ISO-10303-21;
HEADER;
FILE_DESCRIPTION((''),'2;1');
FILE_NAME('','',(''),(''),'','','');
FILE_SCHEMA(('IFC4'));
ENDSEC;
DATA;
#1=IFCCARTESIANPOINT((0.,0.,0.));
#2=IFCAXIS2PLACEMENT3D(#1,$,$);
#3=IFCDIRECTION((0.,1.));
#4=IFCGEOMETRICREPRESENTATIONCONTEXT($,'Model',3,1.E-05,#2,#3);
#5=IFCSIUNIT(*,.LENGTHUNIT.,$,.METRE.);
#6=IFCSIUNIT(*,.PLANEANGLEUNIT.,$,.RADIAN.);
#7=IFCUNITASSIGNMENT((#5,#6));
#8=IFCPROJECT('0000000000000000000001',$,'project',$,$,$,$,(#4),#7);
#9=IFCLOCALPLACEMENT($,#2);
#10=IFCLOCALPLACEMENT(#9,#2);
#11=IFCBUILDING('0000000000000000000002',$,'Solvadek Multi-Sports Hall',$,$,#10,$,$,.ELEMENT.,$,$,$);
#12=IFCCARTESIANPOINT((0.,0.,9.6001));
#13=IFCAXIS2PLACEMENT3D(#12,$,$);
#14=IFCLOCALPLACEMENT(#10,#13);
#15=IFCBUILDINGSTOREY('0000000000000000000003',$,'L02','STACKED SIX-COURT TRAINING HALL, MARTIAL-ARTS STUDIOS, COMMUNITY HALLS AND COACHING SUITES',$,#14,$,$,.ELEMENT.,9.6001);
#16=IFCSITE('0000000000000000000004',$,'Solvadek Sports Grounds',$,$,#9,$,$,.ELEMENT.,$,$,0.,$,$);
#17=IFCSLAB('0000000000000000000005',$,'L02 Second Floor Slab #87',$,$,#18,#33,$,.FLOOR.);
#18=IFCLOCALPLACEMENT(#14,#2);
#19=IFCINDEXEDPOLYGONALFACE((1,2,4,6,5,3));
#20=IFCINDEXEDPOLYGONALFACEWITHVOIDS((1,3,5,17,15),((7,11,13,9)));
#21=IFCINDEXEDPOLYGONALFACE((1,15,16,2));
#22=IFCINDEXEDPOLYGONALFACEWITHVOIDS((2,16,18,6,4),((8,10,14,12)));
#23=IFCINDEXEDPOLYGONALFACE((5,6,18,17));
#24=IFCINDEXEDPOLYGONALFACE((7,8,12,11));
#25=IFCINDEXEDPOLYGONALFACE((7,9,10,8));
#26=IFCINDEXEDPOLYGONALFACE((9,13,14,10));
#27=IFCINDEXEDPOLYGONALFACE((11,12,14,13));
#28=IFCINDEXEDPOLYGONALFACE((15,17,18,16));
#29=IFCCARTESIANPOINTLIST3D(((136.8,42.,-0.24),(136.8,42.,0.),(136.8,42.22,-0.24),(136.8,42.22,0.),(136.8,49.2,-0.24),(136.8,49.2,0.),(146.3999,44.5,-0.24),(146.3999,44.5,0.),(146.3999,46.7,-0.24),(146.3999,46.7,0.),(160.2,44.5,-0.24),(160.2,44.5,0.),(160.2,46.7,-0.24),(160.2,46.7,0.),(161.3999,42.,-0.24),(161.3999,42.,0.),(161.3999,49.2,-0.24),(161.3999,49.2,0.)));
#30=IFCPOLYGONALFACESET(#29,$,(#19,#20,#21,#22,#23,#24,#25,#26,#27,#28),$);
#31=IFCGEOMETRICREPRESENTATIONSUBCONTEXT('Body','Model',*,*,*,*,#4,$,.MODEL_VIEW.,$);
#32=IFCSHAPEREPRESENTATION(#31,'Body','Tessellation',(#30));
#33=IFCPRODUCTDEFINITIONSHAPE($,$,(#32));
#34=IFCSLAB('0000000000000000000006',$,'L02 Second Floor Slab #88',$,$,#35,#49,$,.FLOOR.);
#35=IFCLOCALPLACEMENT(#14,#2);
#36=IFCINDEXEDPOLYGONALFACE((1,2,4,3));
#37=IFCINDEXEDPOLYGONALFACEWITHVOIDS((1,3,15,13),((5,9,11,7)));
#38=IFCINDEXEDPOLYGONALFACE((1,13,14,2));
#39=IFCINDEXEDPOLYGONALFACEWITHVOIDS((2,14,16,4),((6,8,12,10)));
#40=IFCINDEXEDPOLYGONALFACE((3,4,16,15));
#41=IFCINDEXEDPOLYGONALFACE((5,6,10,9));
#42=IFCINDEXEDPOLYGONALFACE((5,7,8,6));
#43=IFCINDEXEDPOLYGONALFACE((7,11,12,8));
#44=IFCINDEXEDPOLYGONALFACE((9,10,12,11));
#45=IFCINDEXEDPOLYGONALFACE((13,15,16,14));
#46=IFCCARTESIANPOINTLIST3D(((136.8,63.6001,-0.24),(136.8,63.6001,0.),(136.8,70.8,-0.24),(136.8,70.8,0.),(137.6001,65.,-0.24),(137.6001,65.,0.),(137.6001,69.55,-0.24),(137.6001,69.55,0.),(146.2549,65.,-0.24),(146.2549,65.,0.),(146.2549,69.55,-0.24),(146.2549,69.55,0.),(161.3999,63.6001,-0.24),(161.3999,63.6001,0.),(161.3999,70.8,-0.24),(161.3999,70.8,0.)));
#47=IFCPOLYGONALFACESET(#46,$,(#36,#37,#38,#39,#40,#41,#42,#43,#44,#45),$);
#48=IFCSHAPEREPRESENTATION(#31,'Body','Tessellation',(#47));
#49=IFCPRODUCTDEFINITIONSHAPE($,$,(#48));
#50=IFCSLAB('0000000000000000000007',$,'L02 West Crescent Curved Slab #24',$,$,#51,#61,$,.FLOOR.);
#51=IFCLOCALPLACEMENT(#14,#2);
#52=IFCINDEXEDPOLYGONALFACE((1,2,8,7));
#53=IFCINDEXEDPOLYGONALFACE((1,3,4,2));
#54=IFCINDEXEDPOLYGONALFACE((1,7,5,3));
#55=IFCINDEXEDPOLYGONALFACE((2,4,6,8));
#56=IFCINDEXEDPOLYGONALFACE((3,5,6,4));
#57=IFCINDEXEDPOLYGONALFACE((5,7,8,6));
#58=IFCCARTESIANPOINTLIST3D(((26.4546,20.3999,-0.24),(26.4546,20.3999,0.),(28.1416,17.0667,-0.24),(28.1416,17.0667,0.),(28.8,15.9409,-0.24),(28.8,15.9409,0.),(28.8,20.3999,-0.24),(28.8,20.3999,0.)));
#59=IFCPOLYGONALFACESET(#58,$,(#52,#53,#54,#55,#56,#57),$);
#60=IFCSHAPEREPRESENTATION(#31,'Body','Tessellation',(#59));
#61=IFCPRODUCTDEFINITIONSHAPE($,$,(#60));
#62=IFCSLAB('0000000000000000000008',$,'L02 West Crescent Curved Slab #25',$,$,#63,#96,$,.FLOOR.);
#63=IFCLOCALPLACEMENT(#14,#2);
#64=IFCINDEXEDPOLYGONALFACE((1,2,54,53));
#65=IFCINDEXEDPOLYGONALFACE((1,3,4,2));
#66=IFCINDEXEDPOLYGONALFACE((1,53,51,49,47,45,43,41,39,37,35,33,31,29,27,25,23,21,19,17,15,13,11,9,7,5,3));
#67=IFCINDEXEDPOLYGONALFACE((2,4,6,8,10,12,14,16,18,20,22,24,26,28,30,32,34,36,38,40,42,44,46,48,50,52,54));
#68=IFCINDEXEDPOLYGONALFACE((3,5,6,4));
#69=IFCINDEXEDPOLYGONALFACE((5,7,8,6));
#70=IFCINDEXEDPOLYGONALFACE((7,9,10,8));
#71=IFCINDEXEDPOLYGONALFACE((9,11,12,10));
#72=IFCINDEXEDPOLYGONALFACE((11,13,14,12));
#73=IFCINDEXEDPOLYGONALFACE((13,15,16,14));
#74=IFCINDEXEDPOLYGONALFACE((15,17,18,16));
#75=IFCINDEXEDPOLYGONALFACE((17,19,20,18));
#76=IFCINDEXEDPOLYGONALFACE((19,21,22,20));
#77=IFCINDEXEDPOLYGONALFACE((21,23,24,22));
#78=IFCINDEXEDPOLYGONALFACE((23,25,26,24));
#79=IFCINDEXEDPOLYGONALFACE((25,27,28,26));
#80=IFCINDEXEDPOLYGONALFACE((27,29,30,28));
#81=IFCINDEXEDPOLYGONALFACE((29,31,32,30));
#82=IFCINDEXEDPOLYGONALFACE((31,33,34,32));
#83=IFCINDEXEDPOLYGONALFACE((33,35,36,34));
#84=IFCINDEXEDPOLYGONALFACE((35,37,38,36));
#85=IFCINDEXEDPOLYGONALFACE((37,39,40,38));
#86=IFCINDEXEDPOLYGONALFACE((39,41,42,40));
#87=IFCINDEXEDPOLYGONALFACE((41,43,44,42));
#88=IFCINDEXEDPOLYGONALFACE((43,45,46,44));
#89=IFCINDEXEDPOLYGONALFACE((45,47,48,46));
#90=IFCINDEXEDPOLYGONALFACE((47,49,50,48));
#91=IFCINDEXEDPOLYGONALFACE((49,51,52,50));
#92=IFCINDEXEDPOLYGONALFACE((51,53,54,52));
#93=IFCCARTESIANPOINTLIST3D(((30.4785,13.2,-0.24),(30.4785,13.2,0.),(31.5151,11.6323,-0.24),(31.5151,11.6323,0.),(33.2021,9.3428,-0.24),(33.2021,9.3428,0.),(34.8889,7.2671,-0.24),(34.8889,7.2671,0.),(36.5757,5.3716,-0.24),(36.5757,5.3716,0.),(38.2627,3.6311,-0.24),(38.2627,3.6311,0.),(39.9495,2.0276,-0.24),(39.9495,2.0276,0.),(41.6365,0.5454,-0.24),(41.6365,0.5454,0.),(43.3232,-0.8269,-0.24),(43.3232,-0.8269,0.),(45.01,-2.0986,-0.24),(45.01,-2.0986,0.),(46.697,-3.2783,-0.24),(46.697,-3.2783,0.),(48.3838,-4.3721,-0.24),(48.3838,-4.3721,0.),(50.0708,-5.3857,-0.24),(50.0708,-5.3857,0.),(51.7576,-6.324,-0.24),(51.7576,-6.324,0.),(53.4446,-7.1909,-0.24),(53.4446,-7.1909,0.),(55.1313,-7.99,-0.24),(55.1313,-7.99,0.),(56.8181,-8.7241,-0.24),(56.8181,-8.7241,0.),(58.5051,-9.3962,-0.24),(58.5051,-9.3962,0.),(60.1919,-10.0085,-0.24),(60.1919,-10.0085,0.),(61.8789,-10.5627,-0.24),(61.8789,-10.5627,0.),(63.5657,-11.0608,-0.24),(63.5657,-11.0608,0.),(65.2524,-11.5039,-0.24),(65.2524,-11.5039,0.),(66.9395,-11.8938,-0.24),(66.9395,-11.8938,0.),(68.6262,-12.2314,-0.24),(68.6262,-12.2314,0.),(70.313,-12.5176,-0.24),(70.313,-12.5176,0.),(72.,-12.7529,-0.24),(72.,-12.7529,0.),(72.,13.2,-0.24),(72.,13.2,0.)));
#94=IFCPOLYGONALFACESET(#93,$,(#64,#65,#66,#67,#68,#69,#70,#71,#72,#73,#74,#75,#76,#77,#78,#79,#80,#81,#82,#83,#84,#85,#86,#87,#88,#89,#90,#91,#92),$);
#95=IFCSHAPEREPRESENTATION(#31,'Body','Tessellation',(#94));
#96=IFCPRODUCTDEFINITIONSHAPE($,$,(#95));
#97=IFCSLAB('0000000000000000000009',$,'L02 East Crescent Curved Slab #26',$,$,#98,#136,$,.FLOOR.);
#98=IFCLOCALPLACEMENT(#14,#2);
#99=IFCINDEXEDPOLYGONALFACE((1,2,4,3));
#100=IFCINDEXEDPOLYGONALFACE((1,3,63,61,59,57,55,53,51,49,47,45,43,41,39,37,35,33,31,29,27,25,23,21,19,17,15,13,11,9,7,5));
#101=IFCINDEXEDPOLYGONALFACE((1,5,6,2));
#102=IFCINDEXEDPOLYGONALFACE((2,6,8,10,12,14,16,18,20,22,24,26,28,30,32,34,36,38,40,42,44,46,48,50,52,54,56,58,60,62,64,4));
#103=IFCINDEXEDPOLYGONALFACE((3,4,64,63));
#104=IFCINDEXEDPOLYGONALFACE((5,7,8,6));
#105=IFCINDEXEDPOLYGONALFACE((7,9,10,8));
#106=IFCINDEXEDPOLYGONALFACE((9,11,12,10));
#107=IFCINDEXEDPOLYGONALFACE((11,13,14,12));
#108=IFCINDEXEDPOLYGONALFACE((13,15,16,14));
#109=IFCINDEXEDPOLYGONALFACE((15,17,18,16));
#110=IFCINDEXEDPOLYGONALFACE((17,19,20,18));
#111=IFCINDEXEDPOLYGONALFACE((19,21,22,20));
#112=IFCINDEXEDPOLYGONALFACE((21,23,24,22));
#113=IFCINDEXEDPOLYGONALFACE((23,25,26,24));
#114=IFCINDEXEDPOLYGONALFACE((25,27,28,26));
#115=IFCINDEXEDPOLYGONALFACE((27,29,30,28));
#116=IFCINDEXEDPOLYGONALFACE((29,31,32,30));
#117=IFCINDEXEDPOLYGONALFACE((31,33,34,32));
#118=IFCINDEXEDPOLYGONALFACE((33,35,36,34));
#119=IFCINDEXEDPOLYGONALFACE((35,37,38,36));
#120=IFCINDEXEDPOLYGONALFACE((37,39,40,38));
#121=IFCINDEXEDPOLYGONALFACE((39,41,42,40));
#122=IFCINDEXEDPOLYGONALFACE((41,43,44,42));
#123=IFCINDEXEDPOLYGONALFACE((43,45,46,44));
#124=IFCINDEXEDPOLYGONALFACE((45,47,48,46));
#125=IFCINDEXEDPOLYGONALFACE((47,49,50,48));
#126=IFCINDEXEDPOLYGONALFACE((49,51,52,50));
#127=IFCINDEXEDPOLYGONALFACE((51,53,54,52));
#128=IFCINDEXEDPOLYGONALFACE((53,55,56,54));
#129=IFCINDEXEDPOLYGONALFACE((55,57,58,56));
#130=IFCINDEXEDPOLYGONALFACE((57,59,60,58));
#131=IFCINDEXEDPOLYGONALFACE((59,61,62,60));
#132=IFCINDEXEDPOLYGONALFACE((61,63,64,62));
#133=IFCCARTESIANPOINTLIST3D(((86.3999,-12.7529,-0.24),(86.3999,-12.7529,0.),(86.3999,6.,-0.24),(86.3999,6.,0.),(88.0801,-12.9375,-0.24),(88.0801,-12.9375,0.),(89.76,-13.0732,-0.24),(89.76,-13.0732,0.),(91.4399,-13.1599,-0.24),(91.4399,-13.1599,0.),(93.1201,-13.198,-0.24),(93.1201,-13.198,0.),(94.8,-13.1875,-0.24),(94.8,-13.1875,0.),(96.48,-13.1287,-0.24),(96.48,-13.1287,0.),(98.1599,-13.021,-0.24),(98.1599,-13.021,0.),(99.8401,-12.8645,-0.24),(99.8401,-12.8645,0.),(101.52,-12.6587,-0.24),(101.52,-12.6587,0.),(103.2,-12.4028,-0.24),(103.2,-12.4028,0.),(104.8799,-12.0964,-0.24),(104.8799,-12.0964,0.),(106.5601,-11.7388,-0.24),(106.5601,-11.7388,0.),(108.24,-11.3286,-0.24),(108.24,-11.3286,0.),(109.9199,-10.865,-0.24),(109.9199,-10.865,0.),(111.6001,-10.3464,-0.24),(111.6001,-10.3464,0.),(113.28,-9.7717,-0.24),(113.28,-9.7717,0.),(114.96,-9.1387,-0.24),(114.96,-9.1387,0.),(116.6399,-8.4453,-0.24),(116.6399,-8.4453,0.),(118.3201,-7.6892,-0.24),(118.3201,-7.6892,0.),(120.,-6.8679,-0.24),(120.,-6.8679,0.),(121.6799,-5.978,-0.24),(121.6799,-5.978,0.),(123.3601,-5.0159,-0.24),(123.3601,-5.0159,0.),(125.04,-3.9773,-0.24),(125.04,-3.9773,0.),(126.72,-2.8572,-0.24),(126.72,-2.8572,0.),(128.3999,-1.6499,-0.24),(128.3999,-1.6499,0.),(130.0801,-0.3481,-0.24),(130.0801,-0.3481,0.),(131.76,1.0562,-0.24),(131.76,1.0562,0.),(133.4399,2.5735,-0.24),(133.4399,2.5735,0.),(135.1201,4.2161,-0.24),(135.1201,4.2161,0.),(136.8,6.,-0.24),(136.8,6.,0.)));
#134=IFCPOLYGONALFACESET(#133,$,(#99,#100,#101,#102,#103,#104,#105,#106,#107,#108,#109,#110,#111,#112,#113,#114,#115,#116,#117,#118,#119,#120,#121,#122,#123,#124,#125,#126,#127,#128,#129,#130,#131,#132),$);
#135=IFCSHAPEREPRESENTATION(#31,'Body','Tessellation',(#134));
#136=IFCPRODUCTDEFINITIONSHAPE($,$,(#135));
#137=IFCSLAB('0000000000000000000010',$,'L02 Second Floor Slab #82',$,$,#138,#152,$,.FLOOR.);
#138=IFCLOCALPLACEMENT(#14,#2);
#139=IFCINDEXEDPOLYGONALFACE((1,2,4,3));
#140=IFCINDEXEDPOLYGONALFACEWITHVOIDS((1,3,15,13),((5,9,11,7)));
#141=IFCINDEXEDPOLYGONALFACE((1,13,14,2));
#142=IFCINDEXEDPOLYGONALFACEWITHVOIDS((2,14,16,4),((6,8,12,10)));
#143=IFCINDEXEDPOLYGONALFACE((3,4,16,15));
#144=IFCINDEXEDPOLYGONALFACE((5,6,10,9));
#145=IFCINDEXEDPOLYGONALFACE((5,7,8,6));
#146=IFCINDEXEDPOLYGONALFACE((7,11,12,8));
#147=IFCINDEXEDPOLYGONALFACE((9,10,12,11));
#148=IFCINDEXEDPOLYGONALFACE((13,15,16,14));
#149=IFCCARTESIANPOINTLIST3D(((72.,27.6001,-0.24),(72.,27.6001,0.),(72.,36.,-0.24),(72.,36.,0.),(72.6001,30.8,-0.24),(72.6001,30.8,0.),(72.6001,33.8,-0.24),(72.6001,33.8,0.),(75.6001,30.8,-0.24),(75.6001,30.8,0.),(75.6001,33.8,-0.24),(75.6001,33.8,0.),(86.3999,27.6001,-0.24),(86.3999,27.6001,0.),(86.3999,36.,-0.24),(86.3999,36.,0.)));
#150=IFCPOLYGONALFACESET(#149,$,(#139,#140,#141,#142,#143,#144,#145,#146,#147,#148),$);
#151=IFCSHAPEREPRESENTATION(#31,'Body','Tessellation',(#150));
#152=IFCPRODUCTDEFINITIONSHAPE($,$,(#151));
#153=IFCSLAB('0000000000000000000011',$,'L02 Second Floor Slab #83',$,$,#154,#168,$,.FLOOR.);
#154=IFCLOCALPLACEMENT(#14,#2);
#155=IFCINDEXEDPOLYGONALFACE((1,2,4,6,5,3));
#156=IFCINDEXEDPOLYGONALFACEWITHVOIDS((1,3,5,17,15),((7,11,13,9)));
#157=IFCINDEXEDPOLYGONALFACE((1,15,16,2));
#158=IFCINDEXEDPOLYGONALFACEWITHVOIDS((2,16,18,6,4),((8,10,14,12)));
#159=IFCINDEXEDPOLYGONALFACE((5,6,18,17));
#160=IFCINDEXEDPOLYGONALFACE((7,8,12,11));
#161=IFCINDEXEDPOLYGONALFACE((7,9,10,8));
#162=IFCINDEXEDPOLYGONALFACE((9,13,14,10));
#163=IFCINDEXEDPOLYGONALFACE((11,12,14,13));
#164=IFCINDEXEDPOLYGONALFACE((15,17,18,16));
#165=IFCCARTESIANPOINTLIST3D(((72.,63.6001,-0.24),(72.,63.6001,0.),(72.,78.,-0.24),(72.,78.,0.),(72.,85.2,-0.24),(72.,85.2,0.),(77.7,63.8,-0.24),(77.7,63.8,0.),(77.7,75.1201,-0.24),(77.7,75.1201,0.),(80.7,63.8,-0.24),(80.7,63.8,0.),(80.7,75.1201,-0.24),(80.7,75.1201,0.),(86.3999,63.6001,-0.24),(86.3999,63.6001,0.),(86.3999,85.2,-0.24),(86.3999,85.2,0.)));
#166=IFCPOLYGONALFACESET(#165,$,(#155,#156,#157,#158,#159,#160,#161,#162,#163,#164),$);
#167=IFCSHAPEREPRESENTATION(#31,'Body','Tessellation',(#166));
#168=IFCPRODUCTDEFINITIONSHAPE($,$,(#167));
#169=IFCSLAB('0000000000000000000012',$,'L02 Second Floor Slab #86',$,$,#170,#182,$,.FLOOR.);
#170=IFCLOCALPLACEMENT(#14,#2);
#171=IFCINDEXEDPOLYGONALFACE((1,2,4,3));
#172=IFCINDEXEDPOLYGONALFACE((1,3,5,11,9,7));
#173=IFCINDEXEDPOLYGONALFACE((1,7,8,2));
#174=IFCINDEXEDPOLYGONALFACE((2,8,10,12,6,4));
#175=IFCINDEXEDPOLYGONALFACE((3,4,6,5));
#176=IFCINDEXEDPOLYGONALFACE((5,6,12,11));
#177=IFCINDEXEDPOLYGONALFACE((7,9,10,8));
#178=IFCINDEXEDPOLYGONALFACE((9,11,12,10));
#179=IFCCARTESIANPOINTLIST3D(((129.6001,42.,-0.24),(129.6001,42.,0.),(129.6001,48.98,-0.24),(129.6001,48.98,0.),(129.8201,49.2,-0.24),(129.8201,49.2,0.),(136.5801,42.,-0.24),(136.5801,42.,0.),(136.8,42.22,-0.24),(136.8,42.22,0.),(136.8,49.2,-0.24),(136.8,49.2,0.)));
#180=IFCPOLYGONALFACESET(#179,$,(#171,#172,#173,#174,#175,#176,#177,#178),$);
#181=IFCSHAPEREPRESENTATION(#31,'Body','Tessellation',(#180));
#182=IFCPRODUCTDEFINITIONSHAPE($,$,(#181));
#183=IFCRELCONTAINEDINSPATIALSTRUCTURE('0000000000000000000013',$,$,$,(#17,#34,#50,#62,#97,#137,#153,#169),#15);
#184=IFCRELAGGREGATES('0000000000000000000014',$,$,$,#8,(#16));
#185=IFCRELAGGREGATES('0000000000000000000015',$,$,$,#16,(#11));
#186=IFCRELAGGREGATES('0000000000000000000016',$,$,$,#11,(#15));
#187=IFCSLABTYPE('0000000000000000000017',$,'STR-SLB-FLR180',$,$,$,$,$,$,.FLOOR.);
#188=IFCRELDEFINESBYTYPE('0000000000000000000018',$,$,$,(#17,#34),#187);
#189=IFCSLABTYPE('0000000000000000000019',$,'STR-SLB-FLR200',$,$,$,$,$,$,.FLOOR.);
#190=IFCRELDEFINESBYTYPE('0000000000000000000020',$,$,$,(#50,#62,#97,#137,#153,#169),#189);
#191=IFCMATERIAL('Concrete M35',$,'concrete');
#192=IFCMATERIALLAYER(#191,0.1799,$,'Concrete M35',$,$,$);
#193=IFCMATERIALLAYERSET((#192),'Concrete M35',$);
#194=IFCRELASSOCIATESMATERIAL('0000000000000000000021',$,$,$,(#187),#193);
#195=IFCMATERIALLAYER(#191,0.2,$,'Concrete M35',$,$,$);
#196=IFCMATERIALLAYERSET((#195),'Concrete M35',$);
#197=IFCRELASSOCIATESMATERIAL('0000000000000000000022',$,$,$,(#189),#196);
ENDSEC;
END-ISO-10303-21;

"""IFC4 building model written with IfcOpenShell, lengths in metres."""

from ifc_helpers import new_model, si_unit, direction, frame, origin, place, context, subcontext, project, spatial, polyline, outline, extrude, material, layer, layer_set, type_object, element, save


model = new_model("IFC4")

# Units and contexts
model_context = context("Model", 3, precision=1e-05, world=origin(), true_north=direction((0.0, 1.0)))
body_context = subcontext(model_context, "Body", "Model", "MODEL_VIEW")
ifc_project = project(units=[si_unit("LENGTHUNIT", "METRE"), si_unit("PLANEANGLEUNIT", "RADIAN")], contexts=[model_context])

# Site, building, storey
site_placement = place(None, origin())
site = spatial("IfcSite", under=ifc_project, at=site_placement, Name="Solvadek Sports Grounds", CompositionType="ELEMENT", RefElevation=0.0)
building_placement = place(site_placement, origin())
building = spatial("IfcBuilding", under=site, at=building_placement, Name="Solvadek Multi-Sports Hall", CompositionType="ELEMENT")
storey_placement = place(building_placement, frame((0.0, 0.0, 9.6001)))
storey = spatial("IfcBuildingStorey", under=building, at=storey_placement, Name="L02", Description="STACKED SIX-COURT TRAINING HALL, MARTIAL-ARTS STUDIOS, COMMUNITY HALLS AND COACHING SUITES", CompositionType="ELEMENT", Elevation=9.6001)

# Slabs
ifc_material_1 = material(Name="Concrete M35", Category="concrete")
ifc_layer_1 = layer(ifc_material_1, 0.1799, Name="Concrete M35")
ifc_layer_set_1 = layer_set([ifc_layer_1], Name="Concrete M35")
slab_type_1 = type_object("IfcSlabType", Name="STR-SLB-FLR180", PredefinedType="FLOOR", material=ifc_layer_set_1)
slab_1_placement = place(storey_placement, frame((0.0, 0.0, -0.24)))
element("IfcSlab", 1, at=slab_1_placement, inside=storey, type_object=slab_type_1, Name="L02 Second Floor Slab #87", PredefinedType="FLOOR", context=body_context, shape_type="SweptSolid", body=[
    extrude(outline(polyline([(136.8, 42.22), (136.8, 49.2), (161.3999, 49.2), (161.3999, 42.0), (136.8, 42.0), (136.8, 42.22)]), holes=[polyline([(160.2, 44.5), (160.2, 46.7), (146.3999, 46.7), (146.3999, 44.5), (160.2, 44.5)])]), origin(), (0.0, 0.0, 1.0), 0.24),
])
slab_2_placement = place(storey_placement, frame((0.0, 0.0, -0.24)))
element("IfcSlab", 2, at=slab_2_placement, inside=storey, type_object=slab_type_1, Name="L02 Second Floor Slab #88", PredefinedType="FLOOR", context=body_context, shape_type="SweptSolid", body=[
    extrude(outline(polyline([(136.8, 70.8), (161.3999, 70.8), (161.3999, 63.6001), (136.8, 63.6001), (136.8, 70.8)]), holes=[polyline([(137.6001, 69.55), (137.6001, 65.0), (146.2549, 65.0), (146.2549, 69.55), (137.6001, 69.55)])]), origin(), (0.0, 0.0, 1.0), 0.24),
])
ifc_layer_2 = layer(ifc_material_1, 0.2, Name="Concrete M35")
ifc_layer_set_2 = layer_set([ifc_layer_2], Name="Concrete M35")
slab_type_2 = type_object("IfcSlabType", Name="STR-SLB-FLR200", PredefinedType="FLOOR", material=ifc_layer_set_2)
slab_3_placement = place(storey_placement, frame((0.0, 0.0, -0.24)))
element("IfcSlab", 3, at=slab_3_placement, inside=storey, type_object=slab_type_2, Name="L02 West Crescent Curved Slab #24", PredefinedType="FLOOR", context=body_context, shape_type="SweptSolid", body=[
    extrude(outline(polyline([(26.4546, 20.3999), (28.8, 20.3999), (28.8, 15.9409), (28.1416, 17.0667), (26.4546, 20.3999), (26.4546, 20.3999)])), origin(), (0.0, 0.0, 1.0), 0.24),
])
slab_4_placement = place(storey_placement, frame((0.0, 0.0, -0.24)))
element("IfcSlab", 4, at=slab_4_placement, inside=storey, type_object=slab_type_2, Name="L02 West Crescent Curved Slab #25", PredefinedType="FLOOR", context=body_context, shape_type="SweptSolid", body=[
    extrude(outline(polyline([(30.4785, 13.2), (72.0, 13.2), (72.0, -12.7529), (70.313, -12.5176), (68.6262, -12.2314), (66.9395, -11.8938), (65.2524, -11.5039), (63.5657, -11.0608), (61.8789, -10.5627), (60.1919, -10.0085), (58.5051, -9.3962), (56.8181, -8.7241), (55.1313, -7.99), (53.4446, -7.1909), (51.7576, -6.324), (50.0708, -5.3857), (48.3838, -4.3721), (46.697, -3.2783), (45.01, -2.0986), (43.3232, -0.8269), (41.6365, 0.5454), (39.9495, 2.0276), (38.2627, 3.6311), (36.5757, 5.3716), (34.8889, 7.2671), (33.2021, 9.3428), (31.5151, 11.6323), (30.4785, 13.2)])), origin(), (0.0, 0.0, 1.0), 0.24),
])
slab_5_placement = place(storey_placement, frame((0.0, 0.0, -0.24)))
element("IfcSlab", 5, at=slab_5_placement, inside=storey, type_object=slab_type_2, Name="L02 East Crescent Curved Slab #26", PredefinedType="FLOOR", context=body_context, shape_type="SweptSolid", body=[
    extrude(outline(polyline([(136.8, 6.0), (135.1201, 4.2161), (133.4399, 2.5735), (131.76, 1.0562), (130.0801, -0.3481), (128.3999, -1.6499), (126.72, -2.8572), (125.04, -3.9773), (123.3601, -5.0159), (121.6799, -5.978), (120.0, -6.8679), (118.3201, -7.6892), (116.6399, -8.4453), (114.96, -9.1387), (113.28, -9.7717), (111.6001, -10.3464), (109.9199, -10.865), (108.24, -11.3286), (106.5601, -11.7388), (104.8799, -12.0964), (103.2, -12.4028), (101.52, -12.6587), (99.8401, -12.8645), (98.1599, -13.021), (96.48, -13.1287), (94.8, -13.1875), (93.1201, -13.198), (91.4399, -13.1599), (89.76, -13.0732), (88.0801, -12.9375), (86.3999, -12.7529), (86.3999, 6.0), (136.8, 6.0)])), origin(), (0.0, 0.0, 1.0), 0.24),
])
slab_6_placement = place(storey_placement, frame((0.0, 0.0, -0.24)))
element("IfcSlab", 6, at=slab_6_placement, inside=storey, type_object=slab_type_2, Name="L02 Second Floor Slab #82", PredefinedType="FLOOR", context=body_context, shape_type="SweptSolid", body=[
    extrude(outline(polyline([(72.0, 36.0), (86.3999, 36.0), (86.3999, 27.6001), (72.0, 27.6001), (72.0, 36.0)]), holes=[polyline([(75.6001, 30.8), (75.6001, 33.8), (72.6001, 33.8), (72.6001, 30.8), (75.6001, 30.8)])]), origin(), (0.0, 0.0, 1.0), 0.24),
])
slab_7_placement = place(storey_placement, frame((0.0, 0.0, -0.24)))
element("IfcSlab", 7, at=slab_7_placement, inside=storey, type_object=slab_type_2, Name="L02 Second Floor Slab #83", PredefinedType="FLOOR", context=body_context, shape_type="SweptSolid", body=[
    extrude(outline(polyline([(72.0, 78.0), (72.0, 85.2), (86.3999, 85.2), (86.3999, 63.6001), (72.0, 63.6001), (72.0, 78.0)]), holes=[polyline([(80.7, 63.8), (80.7, 75.1201), (77.7, 75.1201), (77.7, 63.8), (80.7, 63.8)])]), origin(), (0.0, 0.0, 1.0), 0.24),
])
slab_8_placement = place(storey_placement, frame((0.0, 0.0, -0.24)))
element("IfcSlab", 8, at=slab_8_placement, inside=storey, type_object=slab_type_2, Name="L02 Second Floor Slab #86", PredefinedType="FLOOR", context=body_context, shape_type="SweptSolid", body=[
    extrude(outline(polyline([(129.6001, 48.98), (129.8201, 49.2), (136.8, 49.2), (136.8, 42.22), (136.5801, 42.0), (129.6001, 42.0), (129.6001, 48.98)])), origin(), (0.0, 0.0, 1.0), 0.24),
])

save(model, "model.ifc")
